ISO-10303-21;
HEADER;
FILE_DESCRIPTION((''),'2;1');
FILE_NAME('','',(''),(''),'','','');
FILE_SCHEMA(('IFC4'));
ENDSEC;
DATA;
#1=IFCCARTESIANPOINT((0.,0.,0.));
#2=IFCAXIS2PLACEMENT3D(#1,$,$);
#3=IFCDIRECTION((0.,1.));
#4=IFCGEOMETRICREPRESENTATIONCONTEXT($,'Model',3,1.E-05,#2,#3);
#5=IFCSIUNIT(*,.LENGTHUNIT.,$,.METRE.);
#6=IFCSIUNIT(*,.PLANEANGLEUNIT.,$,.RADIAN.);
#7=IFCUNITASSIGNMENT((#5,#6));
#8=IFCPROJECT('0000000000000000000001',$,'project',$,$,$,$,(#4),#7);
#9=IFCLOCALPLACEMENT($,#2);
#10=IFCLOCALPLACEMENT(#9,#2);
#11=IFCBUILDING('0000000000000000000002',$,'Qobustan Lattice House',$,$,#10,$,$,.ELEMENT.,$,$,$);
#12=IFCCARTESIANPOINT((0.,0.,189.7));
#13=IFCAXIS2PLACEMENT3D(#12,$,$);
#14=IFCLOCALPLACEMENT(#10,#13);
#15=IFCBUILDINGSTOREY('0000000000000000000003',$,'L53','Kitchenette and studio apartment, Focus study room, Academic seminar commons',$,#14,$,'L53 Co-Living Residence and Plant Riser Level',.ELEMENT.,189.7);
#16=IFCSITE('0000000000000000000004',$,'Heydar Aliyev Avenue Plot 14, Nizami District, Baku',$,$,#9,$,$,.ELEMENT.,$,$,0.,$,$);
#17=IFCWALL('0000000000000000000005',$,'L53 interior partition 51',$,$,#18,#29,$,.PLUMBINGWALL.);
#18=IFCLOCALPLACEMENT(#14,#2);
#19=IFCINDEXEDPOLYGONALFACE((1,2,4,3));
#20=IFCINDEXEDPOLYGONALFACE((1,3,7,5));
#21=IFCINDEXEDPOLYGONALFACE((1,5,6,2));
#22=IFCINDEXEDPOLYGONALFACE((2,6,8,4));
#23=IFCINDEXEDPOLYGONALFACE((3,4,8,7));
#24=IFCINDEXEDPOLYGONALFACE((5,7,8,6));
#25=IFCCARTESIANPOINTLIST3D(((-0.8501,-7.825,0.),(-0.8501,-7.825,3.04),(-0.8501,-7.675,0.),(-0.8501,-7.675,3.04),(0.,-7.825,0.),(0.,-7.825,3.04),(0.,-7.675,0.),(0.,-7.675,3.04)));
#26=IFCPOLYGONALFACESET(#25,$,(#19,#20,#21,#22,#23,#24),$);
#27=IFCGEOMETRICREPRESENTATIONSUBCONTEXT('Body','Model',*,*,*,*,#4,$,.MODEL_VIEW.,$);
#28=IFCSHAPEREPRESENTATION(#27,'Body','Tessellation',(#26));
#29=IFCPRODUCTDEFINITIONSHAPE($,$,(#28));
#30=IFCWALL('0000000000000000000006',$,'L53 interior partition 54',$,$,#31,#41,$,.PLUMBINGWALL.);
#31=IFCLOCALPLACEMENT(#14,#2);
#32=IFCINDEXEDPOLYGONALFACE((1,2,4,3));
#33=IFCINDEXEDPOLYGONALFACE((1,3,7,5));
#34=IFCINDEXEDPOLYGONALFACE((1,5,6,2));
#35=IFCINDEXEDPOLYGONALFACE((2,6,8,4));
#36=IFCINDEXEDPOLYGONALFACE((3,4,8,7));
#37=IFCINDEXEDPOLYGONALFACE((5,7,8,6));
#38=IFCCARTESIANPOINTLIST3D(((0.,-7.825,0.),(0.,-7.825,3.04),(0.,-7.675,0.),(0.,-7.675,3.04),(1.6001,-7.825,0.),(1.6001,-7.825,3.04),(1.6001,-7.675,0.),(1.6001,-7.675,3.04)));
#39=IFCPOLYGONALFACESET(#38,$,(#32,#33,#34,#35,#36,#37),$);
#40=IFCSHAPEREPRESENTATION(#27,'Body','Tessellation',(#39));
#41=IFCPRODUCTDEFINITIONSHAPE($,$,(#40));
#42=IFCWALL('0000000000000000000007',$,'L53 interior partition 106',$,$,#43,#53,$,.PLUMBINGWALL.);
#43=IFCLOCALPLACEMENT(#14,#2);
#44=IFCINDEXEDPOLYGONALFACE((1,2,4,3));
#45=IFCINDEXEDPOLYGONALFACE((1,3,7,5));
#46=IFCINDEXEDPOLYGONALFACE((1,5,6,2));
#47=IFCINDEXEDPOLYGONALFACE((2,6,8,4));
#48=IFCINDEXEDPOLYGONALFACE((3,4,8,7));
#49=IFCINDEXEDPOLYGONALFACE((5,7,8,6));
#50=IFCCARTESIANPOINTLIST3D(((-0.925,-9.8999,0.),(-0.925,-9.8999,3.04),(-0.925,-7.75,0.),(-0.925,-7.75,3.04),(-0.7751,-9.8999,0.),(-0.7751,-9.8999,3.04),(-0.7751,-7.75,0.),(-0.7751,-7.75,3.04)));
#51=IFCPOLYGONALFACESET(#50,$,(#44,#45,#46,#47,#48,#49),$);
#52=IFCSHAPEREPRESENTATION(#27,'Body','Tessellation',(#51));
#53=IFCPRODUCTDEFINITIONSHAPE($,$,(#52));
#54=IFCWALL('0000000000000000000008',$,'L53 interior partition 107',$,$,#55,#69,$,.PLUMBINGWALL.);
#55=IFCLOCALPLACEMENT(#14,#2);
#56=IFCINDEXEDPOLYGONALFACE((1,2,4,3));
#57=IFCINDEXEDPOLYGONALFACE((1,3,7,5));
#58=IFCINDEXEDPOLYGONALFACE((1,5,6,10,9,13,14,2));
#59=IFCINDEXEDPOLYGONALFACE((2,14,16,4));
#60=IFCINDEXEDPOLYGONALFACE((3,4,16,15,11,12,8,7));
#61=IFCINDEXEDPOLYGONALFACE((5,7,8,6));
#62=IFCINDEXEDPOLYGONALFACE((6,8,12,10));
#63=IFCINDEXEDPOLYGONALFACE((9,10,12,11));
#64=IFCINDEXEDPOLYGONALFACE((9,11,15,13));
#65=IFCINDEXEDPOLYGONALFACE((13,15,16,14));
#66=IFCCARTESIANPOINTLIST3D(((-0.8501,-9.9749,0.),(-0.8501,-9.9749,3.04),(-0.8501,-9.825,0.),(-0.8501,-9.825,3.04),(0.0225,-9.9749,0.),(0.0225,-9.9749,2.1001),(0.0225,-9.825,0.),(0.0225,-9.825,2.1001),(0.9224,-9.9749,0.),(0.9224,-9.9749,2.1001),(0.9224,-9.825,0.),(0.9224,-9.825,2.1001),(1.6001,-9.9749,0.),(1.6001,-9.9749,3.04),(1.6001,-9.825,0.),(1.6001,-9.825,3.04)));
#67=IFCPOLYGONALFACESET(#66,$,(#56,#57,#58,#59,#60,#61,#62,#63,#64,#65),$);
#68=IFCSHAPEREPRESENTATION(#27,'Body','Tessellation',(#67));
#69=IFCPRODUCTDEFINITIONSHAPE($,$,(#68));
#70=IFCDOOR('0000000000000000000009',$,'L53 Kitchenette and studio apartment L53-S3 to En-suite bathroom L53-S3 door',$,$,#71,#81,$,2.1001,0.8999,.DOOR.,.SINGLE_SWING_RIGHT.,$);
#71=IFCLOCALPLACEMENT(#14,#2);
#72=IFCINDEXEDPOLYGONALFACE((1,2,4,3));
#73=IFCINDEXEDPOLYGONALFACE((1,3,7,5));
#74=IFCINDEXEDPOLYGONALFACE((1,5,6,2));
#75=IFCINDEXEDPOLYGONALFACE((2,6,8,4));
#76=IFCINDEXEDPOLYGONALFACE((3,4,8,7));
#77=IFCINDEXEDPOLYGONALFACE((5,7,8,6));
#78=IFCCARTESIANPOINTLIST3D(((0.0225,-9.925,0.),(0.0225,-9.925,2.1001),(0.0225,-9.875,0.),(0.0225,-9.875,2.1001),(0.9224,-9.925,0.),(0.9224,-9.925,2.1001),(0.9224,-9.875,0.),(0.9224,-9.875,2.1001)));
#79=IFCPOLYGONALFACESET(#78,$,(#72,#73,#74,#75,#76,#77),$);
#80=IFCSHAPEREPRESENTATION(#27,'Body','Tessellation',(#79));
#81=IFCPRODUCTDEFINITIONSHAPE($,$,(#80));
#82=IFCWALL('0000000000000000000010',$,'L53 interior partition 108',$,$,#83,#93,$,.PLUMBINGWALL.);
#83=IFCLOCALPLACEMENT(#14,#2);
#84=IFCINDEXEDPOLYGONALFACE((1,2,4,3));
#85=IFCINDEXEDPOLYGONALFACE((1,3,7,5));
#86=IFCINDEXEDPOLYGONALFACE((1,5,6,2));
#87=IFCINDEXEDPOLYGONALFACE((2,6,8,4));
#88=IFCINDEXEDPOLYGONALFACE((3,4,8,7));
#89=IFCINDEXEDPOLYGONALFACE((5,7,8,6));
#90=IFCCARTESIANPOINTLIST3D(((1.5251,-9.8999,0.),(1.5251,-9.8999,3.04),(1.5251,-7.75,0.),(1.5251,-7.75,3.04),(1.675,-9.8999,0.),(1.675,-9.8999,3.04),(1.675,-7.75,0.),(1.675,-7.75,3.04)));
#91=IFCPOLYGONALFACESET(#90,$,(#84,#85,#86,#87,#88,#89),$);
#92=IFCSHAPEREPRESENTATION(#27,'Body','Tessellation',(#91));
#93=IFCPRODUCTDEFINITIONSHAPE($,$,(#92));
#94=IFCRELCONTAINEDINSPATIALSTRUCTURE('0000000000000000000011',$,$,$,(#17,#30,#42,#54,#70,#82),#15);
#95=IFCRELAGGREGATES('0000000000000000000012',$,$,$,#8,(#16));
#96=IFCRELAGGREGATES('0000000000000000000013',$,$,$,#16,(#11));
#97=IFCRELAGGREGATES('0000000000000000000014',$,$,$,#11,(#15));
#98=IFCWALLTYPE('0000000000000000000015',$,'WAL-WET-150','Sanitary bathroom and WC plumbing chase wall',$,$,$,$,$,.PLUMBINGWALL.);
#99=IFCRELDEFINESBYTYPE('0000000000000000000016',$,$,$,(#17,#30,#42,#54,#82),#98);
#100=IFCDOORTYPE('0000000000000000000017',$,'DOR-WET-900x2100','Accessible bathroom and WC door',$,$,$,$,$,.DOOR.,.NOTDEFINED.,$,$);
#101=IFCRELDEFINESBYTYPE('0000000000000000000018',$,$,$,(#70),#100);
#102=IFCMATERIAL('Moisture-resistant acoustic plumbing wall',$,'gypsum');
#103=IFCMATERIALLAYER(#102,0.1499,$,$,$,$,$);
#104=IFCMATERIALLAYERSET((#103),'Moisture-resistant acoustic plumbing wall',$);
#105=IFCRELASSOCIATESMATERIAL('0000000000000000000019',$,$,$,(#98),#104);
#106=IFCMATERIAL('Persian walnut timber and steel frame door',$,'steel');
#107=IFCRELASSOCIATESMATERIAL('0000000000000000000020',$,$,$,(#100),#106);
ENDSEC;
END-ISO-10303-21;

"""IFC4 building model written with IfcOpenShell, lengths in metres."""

from ifc_helpers import new_model, si_unit, direction, frame, frame_2d, origin, place, context, subcontext, project, spatial, rectangle, extrude, material, layer, layer_set, type_object, element, fill, save


model = new_model("IFC4")

# Units and contexts
model_context = context("Model", 3, precision=1e-05, world=origin(), true_north=direction((0.0, 1.0)))
body_context = subcontext(model_context, "Body", "Model", "MODEL_VIEW")
ifc_project = project(units=[si_unit("LENGTHUNIT", "METRE"), si_unit("PLANEANGLEUNIT", "RADIAN")], contexts=[model_context])

# Site, building, storey
site_placement = place(None, origin())
site = spatial("IfcSite", under=ifc_project, at=site_placement, Name="Heydar Aliyev Avenue Plot 14, Nizami District, Baku", CompositionType="ELEMENT", RefElevation=0.0)
building_placement = place(site_placement, origin())
building = spatial("IfcBuilding", under=site, at=building_placement, Name="Qobustan Lattice House", CompositionType="ELEMENT")
storey_placement = place(building_placement, frame((0.0, 0.0, 189.7)))
storey = spatial("IfcBuildingStorey", under=building, at=storey_placement, Name="L53", Description="Kitchenette and studio apartment, Focus study room, Academic seminar commons", LongName="L53 Co-Living Residence and Plant Riser Level", CompositionType="ELEMENT", Elevation=189.7)

# Walls
ifc_material_1 = material(Name="Moisture-resistant acoustic plumbing wall", Category="gypsum")
ifc_layer_1 = layer(ifc_material_1, 0.1499)
ifc_layer_set_1 = layer_set([ifc_layer_1], Name="Moisture-resistant acoustic plumbing wall")
wall_type_1 = type_object("IfcWallType", Name="WAL-WET-150", Description="Sanitary bathroom and WC plumbing chase wall", PredefinedType="PLUMBINGWALL", material=ifc_layer_set_1)
wall_1_placement = place(storey_placement, frame((0.0, -7.75, 0.0), z_axis=(0.0, 0.0, 1.0), x_axis=(-1.0, 0.0, 0.0)))
element("IfcWall", 1, at=wall_1_placement, inside=storey, type_object=wall_type_1, Name="L53 interior partition 51", PredefinedType="PLUMBINGWALL", context=body_context, shape_type="SweptSolid", body=[
    extrude(rectangle(XDim=0.8501, YDim=0.1499, at=frame_2d((0.425, 0.0))), origin(), (0.0, 0.0, 1.0), 3.04),
])
wall_2_placement = place(storey_placement, frame((1.6001, -7.75, 0.0), z_axis=(0.0, 0.0, 1.0), x_axis=(-1.0, 0.0, 0.0)))
element("IfcWall", 2, at=wall_2_placement, inside=storey, type_object=wall_type_1, Name="L53 interior partition 54", PredefinedType="PLUMBINGWALL", context=body_context, shape_type="SweptSolid", body=[
    extrude(rectangle(XDim=1.6001, YDim=0.1499, at=frame_2d((0.8, 0.0))), origin(), (0.0, 0.0, 1.0), 3.04),
])
wall_3_placement = place(storey_placement, frame((-0.8501, -7.75, 0.0), z_axis=(0.0, 0.0, 1.0), x_axis=(0.0, -1.0, 0.0)))
element("IfcWall", 3, at=wall_3_placement, inside=storey, type_object=wall_type_1, Name="L53 interior partition 106", PredefinedType="PLUMBINGWALL", context=body_context, shape_type="SweptSolid", body=[
    extrude(rectangle(XDim=2.1499, YDim=0.1499, at=frame_2d((1.075, 0.0))), origin(), (0.0, 0.0, 1.0), 3.04),
])

# Wall, opening, door
wall_4_placement = place(storey_placement, frame((-0.8501, -9.8999, 0.0), z_axis=(0.0, 0.0, 1.0), x_axis=(1.0, 0.0, 0.0)))
wall_4 = element("IfcWall", 4, at=wall_4_placement, inside=storey, type_object=wall_type_1, Name="L53 interior partition 107", PredefinedType="PLUMBINGWALL", context=body_context, shape_type="SweptSolid", body=[
    extrude(rectangle(XDim=2.4502, YDim=0.1499, at=frame_2d((1.2251, 0.0))), origin(), (0.0, 0.0, 1.0), 3.04),
])
opening_1_placement = place(wall_4_placement, frame((0.8726, 0.0, 0.0)))
opening_1 = element("IfcOpeningElement", 5, at=opening_1_placement, cuts=wall_4, PredefinedType="OPENING", context=body_context, shape_type="SweptSolid", body=[
    extrude(rectangle(XDim=0.8999, YDim=2.1001, at=frame_2d((0.45, 1.05))), frame((0.0, 0.085, 0.0), z_axis=(0.0, -1.0, 0.0), x_axis=(1.0, 0.0, 0.0)), (0.0, 0.0, 1.0), 0.1699),
])
ifc_material_2 = material(Name="Persian walnut timber and steel frame door", Category="steel")
door_type_1 = type_object("IfcDoorType", Name="DOR-WET-900x2100", Description="Accessible bathroom and WC door", OperationType="NOTDEFINED", PredefinedType="DOOR", material=ifc_material_2)
door_1_placement = place(opening_1_placement, origin())
door_1 = element("IfcDoor", 6, at=door_1_placement, inside=storey, type_object=door_type_1, Name="L53 Kitchenette and studio apartment L53-S3 to En-suite bathroom L53-S3 door", OperationType="SINGLE_SWING_RIGHT", OverallHeight=2.1001, OverallWidth=0.8999, PredefinedType="DOOR", context=body_context, shape_type="SweptSolid", body=[
    extrude(rectangle(XDim=0.8999, YDim=2.1001, at=frame_2d((0.45, 1.05))), frame((0.0, 0.0249, 0.0), z_axis=(0.0, -1.0, 0.0), x_axis=(1.0, 0.0, 0.0)), (0.0, 0.0, 1.0), 0.05),
])
fill(opening_1, door_1)

# Wall
wall_5_placement = place(storey_placement, frame((1.6001, -9.8999, 0.0), z_axis=(0.0, 0.0, 1.0), x_axis=(0.0, 1.0, 0.0)))
element("IfcWall", 7, at=wall_5_placement, inside=storey, type_object=wall_type_1, Name="L53 interior partition 108", PredefinedType="PLUMBINGWALL", context=body_context, shape_type="SweptSolid", body=[
    extrude(rectangle(XDim=2.1499, YDim=0.1499, at=frame_2d((1.075, 0.0))), origin(), (0.0, 0.0, 1.0), 3.04),
])

save(model, "model.ifc")
